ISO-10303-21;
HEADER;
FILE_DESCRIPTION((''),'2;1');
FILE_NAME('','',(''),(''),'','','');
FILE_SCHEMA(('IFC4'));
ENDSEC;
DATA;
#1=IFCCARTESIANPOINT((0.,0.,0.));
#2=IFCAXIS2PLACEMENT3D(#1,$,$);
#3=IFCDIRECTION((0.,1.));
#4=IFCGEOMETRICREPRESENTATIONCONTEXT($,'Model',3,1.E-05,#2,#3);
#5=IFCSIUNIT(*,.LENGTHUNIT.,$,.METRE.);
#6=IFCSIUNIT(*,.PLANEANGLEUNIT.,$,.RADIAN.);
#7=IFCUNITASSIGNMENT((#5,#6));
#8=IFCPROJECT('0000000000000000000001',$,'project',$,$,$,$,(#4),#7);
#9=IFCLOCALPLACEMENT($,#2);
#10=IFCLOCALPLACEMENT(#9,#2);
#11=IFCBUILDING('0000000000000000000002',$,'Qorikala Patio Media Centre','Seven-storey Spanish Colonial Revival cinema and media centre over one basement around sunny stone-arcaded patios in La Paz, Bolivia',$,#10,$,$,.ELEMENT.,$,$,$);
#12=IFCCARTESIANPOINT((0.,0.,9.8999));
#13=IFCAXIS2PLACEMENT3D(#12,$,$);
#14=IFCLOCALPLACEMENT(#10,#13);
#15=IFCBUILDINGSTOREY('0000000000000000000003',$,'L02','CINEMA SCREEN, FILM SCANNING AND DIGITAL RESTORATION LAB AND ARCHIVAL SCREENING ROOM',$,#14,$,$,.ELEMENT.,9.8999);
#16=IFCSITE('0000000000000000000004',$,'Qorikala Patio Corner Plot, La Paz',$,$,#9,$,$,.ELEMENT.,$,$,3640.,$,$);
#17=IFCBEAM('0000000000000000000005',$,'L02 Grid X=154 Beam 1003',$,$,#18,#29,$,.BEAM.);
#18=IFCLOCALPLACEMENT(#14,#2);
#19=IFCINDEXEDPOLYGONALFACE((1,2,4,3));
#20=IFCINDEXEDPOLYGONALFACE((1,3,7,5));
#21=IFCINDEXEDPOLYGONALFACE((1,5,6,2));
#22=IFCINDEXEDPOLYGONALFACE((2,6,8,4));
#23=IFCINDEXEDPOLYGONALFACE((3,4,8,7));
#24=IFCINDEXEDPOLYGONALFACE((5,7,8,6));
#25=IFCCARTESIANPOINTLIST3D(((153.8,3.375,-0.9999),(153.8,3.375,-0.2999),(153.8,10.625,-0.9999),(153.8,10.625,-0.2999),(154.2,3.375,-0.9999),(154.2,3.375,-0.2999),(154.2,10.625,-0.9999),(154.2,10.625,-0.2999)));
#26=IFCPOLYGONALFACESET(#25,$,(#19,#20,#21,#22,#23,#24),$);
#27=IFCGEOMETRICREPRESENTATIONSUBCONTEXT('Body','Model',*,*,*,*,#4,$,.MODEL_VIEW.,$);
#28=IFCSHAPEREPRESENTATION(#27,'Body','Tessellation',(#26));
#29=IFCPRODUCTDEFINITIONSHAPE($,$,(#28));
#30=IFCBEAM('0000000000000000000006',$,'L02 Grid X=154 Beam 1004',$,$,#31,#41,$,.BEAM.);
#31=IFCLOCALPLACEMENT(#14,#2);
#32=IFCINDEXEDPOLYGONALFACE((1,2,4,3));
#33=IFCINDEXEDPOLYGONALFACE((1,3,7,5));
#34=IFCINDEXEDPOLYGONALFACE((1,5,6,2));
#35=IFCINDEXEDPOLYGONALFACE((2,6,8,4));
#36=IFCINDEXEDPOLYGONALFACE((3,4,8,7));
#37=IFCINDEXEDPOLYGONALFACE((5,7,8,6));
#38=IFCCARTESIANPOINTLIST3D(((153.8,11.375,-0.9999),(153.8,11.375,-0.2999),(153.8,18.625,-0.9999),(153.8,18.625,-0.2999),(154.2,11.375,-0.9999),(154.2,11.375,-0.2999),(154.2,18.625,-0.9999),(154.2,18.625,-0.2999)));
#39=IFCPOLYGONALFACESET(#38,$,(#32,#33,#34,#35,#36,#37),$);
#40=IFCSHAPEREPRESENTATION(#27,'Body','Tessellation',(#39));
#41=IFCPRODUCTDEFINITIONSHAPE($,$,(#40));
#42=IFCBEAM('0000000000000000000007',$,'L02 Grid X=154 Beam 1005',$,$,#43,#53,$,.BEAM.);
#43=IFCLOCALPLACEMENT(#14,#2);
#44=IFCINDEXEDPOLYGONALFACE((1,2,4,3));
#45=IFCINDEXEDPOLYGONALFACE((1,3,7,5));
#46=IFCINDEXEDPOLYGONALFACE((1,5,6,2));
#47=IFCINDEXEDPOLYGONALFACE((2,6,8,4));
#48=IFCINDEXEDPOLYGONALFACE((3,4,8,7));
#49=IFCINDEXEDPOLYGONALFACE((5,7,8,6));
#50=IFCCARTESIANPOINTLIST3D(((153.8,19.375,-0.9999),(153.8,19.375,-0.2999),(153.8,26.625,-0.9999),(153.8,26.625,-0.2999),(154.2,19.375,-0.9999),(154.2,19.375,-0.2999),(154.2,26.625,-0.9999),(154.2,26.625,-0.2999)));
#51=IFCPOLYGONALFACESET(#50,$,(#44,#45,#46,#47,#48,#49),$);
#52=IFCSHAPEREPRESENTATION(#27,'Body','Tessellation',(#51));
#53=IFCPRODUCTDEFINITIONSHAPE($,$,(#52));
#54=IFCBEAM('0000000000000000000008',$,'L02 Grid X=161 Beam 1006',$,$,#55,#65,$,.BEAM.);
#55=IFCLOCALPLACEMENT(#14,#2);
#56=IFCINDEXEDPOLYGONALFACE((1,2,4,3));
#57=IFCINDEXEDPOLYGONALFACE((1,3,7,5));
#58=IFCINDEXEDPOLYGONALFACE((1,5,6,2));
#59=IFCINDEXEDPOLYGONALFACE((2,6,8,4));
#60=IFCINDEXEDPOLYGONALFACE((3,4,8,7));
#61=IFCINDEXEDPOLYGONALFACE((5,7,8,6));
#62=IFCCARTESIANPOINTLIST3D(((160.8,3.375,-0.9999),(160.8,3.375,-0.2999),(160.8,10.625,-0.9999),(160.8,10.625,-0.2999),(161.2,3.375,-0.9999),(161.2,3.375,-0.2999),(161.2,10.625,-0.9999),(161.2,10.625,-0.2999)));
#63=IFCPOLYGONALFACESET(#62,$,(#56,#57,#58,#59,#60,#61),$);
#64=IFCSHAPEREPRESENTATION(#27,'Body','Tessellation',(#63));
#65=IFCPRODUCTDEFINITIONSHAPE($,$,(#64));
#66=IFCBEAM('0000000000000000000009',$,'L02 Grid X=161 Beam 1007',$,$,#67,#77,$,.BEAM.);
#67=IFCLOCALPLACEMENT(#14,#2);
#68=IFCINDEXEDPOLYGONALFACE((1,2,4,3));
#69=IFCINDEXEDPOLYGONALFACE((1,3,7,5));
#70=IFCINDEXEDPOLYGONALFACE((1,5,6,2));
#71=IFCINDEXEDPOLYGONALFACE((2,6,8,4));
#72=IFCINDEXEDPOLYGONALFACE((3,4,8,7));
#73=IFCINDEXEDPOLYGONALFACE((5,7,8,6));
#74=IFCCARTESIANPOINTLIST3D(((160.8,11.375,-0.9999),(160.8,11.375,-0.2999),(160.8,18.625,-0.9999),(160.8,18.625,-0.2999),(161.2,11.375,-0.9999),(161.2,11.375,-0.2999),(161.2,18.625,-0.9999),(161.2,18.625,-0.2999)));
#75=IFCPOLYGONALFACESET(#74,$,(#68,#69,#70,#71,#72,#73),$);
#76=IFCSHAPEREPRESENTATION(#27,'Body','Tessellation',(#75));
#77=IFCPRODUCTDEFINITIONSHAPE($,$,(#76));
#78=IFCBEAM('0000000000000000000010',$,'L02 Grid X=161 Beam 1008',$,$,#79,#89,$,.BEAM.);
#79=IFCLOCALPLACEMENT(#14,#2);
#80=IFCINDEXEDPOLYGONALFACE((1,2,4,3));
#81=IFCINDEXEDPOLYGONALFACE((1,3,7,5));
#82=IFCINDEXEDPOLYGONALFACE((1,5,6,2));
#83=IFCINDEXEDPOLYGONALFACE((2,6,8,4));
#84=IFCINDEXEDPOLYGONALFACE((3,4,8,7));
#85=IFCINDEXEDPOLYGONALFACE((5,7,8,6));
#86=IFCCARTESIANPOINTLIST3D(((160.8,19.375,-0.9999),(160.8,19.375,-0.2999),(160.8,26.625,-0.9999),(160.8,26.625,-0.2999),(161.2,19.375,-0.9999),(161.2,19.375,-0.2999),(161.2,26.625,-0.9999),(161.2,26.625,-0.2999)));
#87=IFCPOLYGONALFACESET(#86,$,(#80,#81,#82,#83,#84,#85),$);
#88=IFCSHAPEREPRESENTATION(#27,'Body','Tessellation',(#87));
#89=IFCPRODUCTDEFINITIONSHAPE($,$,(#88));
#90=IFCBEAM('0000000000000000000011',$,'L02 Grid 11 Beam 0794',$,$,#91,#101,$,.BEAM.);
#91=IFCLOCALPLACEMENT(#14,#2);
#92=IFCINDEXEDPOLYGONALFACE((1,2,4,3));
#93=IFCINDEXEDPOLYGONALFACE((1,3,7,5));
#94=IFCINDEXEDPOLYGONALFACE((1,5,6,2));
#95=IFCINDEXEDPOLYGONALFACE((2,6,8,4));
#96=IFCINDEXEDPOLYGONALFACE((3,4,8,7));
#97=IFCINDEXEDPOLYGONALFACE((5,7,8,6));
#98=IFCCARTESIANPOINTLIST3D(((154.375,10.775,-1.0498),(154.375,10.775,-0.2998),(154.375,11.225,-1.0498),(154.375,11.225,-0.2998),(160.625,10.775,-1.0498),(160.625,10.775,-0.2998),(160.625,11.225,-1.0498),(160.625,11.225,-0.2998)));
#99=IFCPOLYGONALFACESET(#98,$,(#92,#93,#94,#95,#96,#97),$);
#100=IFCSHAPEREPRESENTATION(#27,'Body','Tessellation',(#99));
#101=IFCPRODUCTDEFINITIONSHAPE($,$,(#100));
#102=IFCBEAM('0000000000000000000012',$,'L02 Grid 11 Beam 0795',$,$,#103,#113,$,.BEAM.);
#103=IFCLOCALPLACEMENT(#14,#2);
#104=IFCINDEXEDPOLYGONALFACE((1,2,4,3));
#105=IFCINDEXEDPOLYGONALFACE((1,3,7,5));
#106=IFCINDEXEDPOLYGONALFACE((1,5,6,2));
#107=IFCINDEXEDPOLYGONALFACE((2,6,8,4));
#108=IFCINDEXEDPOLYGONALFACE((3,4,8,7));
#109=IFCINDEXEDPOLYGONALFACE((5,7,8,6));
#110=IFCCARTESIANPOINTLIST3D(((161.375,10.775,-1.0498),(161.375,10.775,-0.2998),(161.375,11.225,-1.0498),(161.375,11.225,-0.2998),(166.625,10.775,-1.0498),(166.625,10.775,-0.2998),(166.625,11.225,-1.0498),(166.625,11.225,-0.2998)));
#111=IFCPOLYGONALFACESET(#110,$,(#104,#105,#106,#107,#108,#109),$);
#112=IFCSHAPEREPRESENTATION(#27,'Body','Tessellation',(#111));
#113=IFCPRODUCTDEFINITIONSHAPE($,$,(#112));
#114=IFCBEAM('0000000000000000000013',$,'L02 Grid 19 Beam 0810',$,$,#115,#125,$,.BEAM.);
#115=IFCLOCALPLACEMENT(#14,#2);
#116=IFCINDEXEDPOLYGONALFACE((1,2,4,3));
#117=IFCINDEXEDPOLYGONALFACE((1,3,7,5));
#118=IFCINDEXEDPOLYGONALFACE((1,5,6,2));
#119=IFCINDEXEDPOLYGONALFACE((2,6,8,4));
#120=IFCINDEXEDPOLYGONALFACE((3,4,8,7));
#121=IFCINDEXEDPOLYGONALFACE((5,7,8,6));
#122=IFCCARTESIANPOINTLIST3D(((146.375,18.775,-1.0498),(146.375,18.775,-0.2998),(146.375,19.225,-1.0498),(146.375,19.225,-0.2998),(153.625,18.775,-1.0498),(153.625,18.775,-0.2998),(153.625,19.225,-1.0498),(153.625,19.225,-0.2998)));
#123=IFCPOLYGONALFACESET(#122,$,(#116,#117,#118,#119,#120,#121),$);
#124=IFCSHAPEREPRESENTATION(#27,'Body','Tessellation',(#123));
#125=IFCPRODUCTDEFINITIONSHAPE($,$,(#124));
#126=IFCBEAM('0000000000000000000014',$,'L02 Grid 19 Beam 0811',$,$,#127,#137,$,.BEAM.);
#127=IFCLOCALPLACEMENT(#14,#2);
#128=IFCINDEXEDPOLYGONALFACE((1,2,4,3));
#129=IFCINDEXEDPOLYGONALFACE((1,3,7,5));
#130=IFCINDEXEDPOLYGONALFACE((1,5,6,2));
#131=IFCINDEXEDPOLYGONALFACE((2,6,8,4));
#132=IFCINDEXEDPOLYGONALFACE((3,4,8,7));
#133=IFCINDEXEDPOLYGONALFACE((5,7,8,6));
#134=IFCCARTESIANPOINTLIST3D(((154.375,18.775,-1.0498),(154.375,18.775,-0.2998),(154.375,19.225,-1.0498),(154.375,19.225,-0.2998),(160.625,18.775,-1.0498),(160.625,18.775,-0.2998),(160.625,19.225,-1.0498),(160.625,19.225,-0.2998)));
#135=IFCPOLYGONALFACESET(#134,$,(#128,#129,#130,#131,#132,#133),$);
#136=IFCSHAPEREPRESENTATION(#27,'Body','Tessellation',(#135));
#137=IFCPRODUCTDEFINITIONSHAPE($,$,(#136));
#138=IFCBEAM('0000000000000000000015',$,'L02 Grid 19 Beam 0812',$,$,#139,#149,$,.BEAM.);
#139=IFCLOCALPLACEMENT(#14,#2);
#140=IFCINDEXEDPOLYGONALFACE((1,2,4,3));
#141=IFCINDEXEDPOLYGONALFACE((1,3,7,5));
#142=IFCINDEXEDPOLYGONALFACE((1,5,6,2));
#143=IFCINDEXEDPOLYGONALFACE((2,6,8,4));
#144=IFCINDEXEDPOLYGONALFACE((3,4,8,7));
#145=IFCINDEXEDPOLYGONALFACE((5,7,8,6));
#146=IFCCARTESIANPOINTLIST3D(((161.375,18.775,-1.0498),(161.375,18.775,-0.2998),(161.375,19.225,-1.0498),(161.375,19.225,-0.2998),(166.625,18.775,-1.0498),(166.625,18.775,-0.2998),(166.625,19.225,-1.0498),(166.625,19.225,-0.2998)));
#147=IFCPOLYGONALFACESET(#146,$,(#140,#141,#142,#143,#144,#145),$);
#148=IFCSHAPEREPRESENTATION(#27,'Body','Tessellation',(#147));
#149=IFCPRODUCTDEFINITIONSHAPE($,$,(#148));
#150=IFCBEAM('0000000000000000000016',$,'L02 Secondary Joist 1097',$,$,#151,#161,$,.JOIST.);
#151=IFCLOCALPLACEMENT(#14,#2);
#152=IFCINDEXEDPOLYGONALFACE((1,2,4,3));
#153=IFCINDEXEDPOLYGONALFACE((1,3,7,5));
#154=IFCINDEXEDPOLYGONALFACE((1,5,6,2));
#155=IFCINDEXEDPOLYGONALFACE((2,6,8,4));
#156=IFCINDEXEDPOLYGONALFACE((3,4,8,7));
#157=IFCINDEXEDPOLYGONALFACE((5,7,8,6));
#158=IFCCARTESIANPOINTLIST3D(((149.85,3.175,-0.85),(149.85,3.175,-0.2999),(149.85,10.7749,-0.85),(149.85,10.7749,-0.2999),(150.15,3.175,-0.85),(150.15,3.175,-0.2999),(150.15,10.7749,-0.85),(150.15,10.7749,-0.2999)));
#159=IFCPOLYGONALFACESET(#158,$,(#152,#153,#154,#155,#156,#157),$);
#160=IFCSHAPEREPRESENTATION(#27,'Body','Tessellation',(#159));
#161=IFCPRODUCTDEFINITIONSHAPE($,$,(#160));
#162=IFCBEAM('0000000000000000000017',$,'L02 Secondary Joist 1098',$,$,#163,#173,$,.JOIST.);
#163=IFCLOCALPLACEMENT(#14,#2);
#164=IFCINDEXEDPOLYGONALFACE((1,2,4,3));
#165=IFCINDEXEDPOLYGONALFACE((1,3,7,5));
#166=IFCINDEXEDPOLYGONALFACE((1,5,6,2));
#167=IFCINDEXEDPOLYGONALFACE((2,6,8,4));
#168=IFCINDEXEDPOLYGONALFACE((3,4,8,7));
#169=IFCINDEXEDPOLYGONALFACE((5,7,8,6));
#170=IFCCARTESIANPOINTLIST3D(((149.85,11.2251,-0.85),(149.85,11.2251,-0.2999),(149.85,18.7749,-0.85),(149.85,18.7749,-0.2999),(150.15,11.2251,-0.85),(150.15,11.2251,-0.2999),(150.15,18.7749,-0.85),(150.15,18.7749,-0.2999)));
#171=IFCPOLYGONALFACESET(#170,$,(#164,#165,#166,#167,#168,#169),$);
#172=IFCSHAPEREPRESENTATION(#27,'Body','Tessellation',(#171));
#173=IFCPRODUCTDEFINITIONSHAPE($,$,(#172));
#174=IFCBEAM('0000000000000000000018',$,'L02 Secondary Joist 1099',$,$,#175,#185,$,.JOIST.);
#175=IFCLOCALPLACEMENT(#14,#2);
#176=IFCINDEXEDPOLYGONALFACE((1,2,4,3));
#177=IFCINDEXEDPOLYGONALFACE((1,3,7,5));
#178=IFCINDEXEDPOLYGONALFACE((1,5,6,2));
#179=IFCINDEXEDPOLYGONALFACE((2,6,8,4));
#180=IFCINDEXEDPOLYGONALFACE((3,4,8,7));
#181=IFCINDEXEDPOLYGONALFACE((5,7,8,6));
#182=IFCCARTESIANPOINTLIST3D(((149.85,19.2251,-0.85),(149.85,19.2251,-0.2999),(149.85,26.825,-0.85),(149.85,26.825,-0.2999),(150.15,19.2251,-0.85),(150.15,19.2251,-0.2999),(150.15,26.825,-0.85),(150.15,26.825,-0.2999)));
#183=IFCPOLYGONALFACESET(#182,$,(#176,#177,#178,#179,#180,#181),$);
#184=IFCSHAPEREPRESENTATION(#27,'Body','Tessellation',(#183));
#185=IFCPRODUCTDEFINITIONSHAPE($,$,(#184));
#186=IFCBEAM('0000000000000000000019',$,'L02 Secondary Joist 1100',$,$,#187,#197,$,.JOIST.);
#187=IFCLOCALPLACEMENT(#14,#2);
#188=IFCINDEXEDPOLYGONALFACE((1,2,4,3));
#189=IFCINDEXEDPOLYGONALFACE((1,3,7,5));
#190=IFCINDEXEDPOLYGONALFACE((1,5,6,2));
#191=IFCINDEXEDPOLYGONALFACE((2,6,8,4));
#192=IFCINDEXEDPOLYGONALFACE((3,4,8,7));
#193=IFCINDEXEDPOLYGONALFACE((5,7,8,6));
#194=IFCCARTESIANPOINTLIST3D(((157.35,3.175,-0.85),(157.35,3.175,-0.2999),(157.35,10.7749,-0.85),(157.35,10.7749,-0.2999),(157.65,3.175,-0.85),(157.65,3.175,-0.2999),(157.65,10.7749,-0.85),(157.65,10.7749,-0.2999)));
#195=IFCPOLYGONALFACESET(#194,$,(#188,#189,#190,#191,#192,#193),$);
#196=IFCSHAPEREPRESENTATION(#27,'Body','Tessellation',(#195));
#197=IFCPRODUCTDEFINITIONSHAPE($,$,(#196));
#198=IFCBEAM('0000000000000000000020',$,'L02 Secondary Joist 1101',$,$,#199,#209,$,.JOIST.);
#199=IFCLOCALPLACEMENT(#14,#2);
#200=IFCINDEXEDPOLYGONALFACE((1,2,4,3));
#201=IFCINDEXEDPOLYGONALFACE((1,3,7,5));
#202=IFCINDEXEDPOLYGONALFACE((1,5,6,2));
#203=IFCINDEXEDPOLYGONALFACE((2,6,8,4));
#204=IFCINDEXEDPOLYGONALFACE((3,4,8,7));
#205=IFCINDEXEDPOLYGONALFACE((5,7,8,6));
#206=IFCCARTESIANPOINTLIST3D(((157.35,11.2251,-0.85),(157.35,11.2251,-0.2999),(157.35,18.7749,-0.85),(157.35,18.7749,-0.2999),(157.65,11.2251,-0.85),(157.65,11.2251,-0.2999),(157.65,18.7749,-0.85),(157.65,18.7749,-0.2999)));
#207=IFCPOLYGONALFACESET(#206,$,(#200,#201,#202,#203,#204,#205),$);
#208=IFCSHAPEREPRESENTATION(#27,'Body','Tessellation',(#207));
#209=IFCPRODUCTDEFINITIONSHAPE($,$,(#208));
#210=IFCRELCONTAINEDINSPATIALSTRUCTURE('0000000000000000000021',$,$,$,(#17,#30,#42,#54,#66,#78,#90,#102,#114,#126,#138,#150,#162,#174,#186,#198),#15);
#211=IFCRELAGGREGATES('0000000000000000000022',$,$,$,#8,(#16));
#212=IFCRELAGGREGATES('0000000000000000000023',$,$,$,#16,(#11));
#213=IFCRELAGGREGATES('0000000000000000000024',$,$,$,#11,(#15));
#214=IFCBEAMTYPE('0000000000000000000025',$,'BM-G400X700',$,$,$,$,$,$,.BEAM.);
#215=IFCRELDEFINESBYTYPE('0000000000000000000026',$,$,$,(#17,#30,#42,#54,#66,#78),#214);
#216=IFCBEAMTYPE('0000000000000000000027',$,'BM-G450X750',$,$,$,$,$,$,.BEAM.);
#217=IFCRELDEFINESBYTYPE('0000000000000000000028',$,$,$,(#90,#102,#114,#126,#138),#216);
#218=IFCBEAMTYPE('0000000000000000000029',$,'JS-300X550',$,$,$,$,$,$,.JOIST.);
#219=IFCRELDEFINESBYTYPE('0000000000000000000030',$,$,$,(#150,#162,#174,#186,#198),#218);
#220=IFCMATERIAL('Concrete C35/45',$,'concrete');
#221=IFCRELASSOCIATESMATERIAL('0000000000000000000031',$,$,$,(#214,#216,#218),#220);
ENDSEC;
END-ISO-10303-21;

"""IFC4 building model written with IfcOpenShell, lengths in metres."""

from ifc_helpers import new_model, si_unit, direction, frame, origin, origin_2d, place, context, subcontext, project, spatial, rectangle, extrude, material, material_profile, profile_set, type_object, element, save


model = new_model("IFC4")

# Units and contexts
model_context = context("Model", 3, precision=1e-05, world=origin(), true_north=direction((0.0, 1.0)))
body_context = subcontext(model_context, "Body", "Model", "MODEL_VIEW")
ifc_project = project(units=[si_unit("LENGTHUNIT", "METRE"), si_unit("PLANEANGLEUNIT", "RADIAN")], contexts=[model_context])

# Site, building, storey
site_placement = place(None, origin())
site = spatial("IfcSite", under=ifc_project, at=site_placement, Name="Qorikala Patio Corner Plot, La Paz", CompositionType="ELEMENT", RefElevation=3640.0)
building_placement = place(site_placement, origin())
building = spatial("IfcBuilding", under=site, at=building_placement, Name="Qorikala Patio Media Centre", Description="Seven-storey Spanish Colonial Revival cinema and media centre over one basement around sunny stone-arcaded patios in La Paz, Bolivia", CompositionType="ELEMENT")
storey_placement = place(building_placement, frame((0.0, 0.0, 9.8999)))
storey = spatial("IfcBuildingStorey", under=building, at=storey_placement, Name="L02", Description="CINEMA SCREEN, FILM SCANNING AND DIGITAL RESTORATION LAB AND ARCHIVAL SCREENING ROOM", CompositionType="ELEMENT", Elevation=9.8999)

# Beams
ifc_material_1 = material(Name="Concrete C35/45", Category="concrete")
ifc_material_profile_1 = material_profile(ifc_material_1, rectangle(XDim=0.3999, YDim=0.7, at=origin_2d()), Name="RC 400x700")
ifc_profile_set_1 = profile_set([ifc_material_profile_1], Name="Concrete C35/45")
beam_type_1 = type_object("IfcBeamType", Name="BM-G400X700", PredefinedType="BEAM", material=ifc_profile_set_1)
for number, where, z_axis, x_axis, name in (
    (1, (154.0, 3.375, -0.6499), (0.0, 1.0, 0.0), (-1.0, 0.0, 0.0), "L02 Grid X=154 Beam 1003"),
    (2, (154.0, 11.375, -0.6499), (0.0, 1.0, 0.0), (-1.0, 0.0, 0.0), "L02 Grid X=154 Beam 1004"),
    (3, (154.0, 19.375, -0.6499), (0.0, 1.0, 0.0), (-1.0, 0.0, 0.0), "L02 Grid X=154 Beam 1005"),
    (4, (161.0, 3.375, -0.6499), (0.0, 1.0, 0.0), (-1.0, 0.0, 0.0), "L02 Grid X=161 Beam 1006"),
    (5, (161.0, 11.375, -0.6499), (0.0, 1.0, 0.0), (-1.0, 0.0, 0.0), "L02 Grid X=161 Beam 1007"),
    (6, (161.0, 19.375, -0.6499), (0.0, 1.0, 0.0), (-1.0, 0.0, 0.0), "L02 Grid X=161 Beam 1008"),
):
    element("IfcBeam", number, at=place(storey_placement, frame(where, z_axis=z_axis, x_axis=x_axis)), inside=storey, type_object=beam_type_1, Name=name, PredefinedType="BEAM", context=body_context, shape_type="SweptSolid", body=[
        extrude(rectangle(XDim=0.3999, YDim=0.7, at=origin_2d()), origin(), (0.0, 0.0, 1.0), 7.25),
    ])
ifc_material_profile_2 = material_profile(ifc_material_1, rectangle(XDim=0.45, YDim=0.75, at=origin_2d()), Name="RC 450x750")
ifc_profile_set_2 = profile_set([ifc_material_profile_2], Name="Concrete C35/45")
beam_type_2 = type_object("IfcBeamType", Name="BM-G450X750", PredefinedType="BEAM", material=ifc_profile_set_2)
beam_1_placement = place(storey_placement, frame((154.375, 11.0, -0.6748), z_axis=(1.0, 0.0, 0.0), x_axis=(0.0, 1.0, 0.0)))
element("IfcBeam", 7, at=beam_1_placement, inside=storey, type_object=beam_type_2, Name="L02 Grid 11 Beam 0794", PredefinedType="BEAM", context=body_context, shape_type="SweptSolid", body=[
    extrude(rectangle(XDim=0.45, YDim=0.75, at=origin_2d()), origin(), (0.0, 0.0, 1.0), 6.25),
])
beam_2_placement = place(storey_placement, frame((161.375, 11.0, -0.6748), z_axis=(1.0, 0.0, 0.0), x_axis=(0.0, 1.0, 0.0)))
element("IfcBeam", 8, at=beam_2_placement, inside=storey, type_object=beam_type_2, Name="L02 Grid 11 Beam 0795", PredefinedType="BEAM", context=body_context, shape_type="SweptSolid", body=[
    extrude(rectangle(XDim=0.45, YDim=0.75, at=origin_2d()), origin(), (0.0, 0.0, 1.0), 5.25),
])
beam_3_placement = place(storey_placement, frame((146.375, 19.0, -0.6748), z_axis=(1.0, 0.0, 0.0), x_axis=(0.0, 1.0, 0.0)))
element("IfcBeam", 9, at=beam_3_placement, inside=storey, type_object=beam_type_2, Name="L02 Grid 19 Beam 0810", PredefinedType="BEAM", context=body_context, shape_type="SweptSolid", body=[
    extrude(rectangle(XDim=0.45, YDim=0.75, at=origin_2d()), origin(), (0.0, 0.0, 1.0), 7.25),
])
beam_4_placement = place(storey_placement, frame((154.375, 19.0, -0.6748), z_axis=(1.0, 0.0, 0.0), x_axis=(0.0, 1.0, 0.0)))
element("IfcBeam", 10, at=beam_4_placement, inside=storey, type_object=beam_type_2, Name="L02 Grid 19 Beam 0811", PredefinedType="BEAM", context=body_context, shape_type="SweptSolid", body=[
    extrude(rectangle(XDim=0.45, YDim=0.75, at=origin_2d()), origin(), (0.0, 0.0, 1.0), 6.25),
])
beam_5_placement = place(storey_placement, frame((161.375, 19.0, -0.6748), z_axis=(1.0, 0.0, 0.0), x_axis=(0.0, 1.0, 0.0)))
element("IfcBeam", 11, at=beam_5_placement, inside=storey, type_object=beam_type_2, Name="L02 Grid 19 Beam 0812", PredefinedType="BEAM", context=body_context, shape_type="SweptSolid", body=[
    extrude(rectangle(XDim=0.45, YDim=0.75, at=origin_2d()), origin(), (0.0, 0.0, 1.0), 5.25),
])
ifc_material_profile_3 = material_profile(ifc_material_1, rectangle(XDim=0.3, YDim=0.55, at=origin_2d()), Name="RC 300x550")
ifc_profile_set_3 = profile_set([ifc_material_profile_3], Name="Concrete C35/45")
beam_type_3 = type_object("IfcBeamType", Name="JS-300X550", PredefinedType="JOIST", material=ifc_profile_set_3)
beam_6_placement = place(storey_placement, frame((150.0, 3.175, -0.575), z_axis=(0.0, 1.0, 0.0), x_axis=(-1.0, 0.0, 0.0)))
element("IfcBeam", 12, at=beam_6_placement, inside=storey, type_object=beam_type_3, Name="L02 Secondary Joist 1097", PredefinedType="JOIST", context=body_context, shape_type="SweptSolid", body=[
    extrude(rectangle(XDim=0.3, YDim=0.55, at=origin_2d()), origin(), (0.0, 0.0, 1.0), 7.5999),
])
beam_7_placement = place(storey_placement, frame((150.0, 11.2251, -0.575), z_axis=(0.0, 1.0, 0.0), x_axis=(-1.0, 0.0, 0.0)))
element("IfcBeam", 13, at=beam_7_placement, inside=storey, type_object=beam_type_3, Name="L02 Secondary Joist 1098", PredefinedType="JOIST", context=body_context, shape_type="SweptSolid", body=[
    extrude(rectangle(XDim=0.3, YDim=0.55, at=origin_2d()), origin(), (0.0, 0.0, 1.0), 7.5498),
])
for number, where, z_axis, x_axis, name in (
    (14, (150.0, 19.2251, -0.575), (0.0, 1.0, 0.0), (-1.0, 0.0, 0.0), "L02 Secondary Joist 1099"),
    (15, (157.5, 3.175, -0.575), (0.0, 1.0, 0.0), (-1.0, 0.0, 0.0), "L02 Secondary Joist 1100"),
):
    element("IfcBeam", number, at=place(storey_placement, frame(where, z_axis=z_axis, x_axis=x_axis)), inside=storey, type_object=beam_type_3, Name=name, PredefinedType="JOIST", context=body_context, shape_type="SweptSolid", body=[
        extrude(rectangle(XDim=0.3, YDim=0.55, at=origin_2d()), origin(), (0.0, 0.0, 1.0), 7.5999),
    ])
beam_8_placement = place(storey_placement, frame((157.5, 11.2251, -0.575), z_axis=(0.0, 1.0, 0.0), x_axis=(-1.0, 0.0, 0.0)))
element("IfcBeam", 16, at=beam_8_placement, inside=storey, type_object=beam_type_3, Name="L02 Secondary Joist 1101", PredefinedType="JOIST", context=body_context, shape_type="SweptSolid", body=[
    extrude(rectangle(XDim=0.3, YDim=0.55, at=origin_2d()), origin(), (0.0, 0.0, 1.0), 7.5498),
])

save(model, "model.ifc")
